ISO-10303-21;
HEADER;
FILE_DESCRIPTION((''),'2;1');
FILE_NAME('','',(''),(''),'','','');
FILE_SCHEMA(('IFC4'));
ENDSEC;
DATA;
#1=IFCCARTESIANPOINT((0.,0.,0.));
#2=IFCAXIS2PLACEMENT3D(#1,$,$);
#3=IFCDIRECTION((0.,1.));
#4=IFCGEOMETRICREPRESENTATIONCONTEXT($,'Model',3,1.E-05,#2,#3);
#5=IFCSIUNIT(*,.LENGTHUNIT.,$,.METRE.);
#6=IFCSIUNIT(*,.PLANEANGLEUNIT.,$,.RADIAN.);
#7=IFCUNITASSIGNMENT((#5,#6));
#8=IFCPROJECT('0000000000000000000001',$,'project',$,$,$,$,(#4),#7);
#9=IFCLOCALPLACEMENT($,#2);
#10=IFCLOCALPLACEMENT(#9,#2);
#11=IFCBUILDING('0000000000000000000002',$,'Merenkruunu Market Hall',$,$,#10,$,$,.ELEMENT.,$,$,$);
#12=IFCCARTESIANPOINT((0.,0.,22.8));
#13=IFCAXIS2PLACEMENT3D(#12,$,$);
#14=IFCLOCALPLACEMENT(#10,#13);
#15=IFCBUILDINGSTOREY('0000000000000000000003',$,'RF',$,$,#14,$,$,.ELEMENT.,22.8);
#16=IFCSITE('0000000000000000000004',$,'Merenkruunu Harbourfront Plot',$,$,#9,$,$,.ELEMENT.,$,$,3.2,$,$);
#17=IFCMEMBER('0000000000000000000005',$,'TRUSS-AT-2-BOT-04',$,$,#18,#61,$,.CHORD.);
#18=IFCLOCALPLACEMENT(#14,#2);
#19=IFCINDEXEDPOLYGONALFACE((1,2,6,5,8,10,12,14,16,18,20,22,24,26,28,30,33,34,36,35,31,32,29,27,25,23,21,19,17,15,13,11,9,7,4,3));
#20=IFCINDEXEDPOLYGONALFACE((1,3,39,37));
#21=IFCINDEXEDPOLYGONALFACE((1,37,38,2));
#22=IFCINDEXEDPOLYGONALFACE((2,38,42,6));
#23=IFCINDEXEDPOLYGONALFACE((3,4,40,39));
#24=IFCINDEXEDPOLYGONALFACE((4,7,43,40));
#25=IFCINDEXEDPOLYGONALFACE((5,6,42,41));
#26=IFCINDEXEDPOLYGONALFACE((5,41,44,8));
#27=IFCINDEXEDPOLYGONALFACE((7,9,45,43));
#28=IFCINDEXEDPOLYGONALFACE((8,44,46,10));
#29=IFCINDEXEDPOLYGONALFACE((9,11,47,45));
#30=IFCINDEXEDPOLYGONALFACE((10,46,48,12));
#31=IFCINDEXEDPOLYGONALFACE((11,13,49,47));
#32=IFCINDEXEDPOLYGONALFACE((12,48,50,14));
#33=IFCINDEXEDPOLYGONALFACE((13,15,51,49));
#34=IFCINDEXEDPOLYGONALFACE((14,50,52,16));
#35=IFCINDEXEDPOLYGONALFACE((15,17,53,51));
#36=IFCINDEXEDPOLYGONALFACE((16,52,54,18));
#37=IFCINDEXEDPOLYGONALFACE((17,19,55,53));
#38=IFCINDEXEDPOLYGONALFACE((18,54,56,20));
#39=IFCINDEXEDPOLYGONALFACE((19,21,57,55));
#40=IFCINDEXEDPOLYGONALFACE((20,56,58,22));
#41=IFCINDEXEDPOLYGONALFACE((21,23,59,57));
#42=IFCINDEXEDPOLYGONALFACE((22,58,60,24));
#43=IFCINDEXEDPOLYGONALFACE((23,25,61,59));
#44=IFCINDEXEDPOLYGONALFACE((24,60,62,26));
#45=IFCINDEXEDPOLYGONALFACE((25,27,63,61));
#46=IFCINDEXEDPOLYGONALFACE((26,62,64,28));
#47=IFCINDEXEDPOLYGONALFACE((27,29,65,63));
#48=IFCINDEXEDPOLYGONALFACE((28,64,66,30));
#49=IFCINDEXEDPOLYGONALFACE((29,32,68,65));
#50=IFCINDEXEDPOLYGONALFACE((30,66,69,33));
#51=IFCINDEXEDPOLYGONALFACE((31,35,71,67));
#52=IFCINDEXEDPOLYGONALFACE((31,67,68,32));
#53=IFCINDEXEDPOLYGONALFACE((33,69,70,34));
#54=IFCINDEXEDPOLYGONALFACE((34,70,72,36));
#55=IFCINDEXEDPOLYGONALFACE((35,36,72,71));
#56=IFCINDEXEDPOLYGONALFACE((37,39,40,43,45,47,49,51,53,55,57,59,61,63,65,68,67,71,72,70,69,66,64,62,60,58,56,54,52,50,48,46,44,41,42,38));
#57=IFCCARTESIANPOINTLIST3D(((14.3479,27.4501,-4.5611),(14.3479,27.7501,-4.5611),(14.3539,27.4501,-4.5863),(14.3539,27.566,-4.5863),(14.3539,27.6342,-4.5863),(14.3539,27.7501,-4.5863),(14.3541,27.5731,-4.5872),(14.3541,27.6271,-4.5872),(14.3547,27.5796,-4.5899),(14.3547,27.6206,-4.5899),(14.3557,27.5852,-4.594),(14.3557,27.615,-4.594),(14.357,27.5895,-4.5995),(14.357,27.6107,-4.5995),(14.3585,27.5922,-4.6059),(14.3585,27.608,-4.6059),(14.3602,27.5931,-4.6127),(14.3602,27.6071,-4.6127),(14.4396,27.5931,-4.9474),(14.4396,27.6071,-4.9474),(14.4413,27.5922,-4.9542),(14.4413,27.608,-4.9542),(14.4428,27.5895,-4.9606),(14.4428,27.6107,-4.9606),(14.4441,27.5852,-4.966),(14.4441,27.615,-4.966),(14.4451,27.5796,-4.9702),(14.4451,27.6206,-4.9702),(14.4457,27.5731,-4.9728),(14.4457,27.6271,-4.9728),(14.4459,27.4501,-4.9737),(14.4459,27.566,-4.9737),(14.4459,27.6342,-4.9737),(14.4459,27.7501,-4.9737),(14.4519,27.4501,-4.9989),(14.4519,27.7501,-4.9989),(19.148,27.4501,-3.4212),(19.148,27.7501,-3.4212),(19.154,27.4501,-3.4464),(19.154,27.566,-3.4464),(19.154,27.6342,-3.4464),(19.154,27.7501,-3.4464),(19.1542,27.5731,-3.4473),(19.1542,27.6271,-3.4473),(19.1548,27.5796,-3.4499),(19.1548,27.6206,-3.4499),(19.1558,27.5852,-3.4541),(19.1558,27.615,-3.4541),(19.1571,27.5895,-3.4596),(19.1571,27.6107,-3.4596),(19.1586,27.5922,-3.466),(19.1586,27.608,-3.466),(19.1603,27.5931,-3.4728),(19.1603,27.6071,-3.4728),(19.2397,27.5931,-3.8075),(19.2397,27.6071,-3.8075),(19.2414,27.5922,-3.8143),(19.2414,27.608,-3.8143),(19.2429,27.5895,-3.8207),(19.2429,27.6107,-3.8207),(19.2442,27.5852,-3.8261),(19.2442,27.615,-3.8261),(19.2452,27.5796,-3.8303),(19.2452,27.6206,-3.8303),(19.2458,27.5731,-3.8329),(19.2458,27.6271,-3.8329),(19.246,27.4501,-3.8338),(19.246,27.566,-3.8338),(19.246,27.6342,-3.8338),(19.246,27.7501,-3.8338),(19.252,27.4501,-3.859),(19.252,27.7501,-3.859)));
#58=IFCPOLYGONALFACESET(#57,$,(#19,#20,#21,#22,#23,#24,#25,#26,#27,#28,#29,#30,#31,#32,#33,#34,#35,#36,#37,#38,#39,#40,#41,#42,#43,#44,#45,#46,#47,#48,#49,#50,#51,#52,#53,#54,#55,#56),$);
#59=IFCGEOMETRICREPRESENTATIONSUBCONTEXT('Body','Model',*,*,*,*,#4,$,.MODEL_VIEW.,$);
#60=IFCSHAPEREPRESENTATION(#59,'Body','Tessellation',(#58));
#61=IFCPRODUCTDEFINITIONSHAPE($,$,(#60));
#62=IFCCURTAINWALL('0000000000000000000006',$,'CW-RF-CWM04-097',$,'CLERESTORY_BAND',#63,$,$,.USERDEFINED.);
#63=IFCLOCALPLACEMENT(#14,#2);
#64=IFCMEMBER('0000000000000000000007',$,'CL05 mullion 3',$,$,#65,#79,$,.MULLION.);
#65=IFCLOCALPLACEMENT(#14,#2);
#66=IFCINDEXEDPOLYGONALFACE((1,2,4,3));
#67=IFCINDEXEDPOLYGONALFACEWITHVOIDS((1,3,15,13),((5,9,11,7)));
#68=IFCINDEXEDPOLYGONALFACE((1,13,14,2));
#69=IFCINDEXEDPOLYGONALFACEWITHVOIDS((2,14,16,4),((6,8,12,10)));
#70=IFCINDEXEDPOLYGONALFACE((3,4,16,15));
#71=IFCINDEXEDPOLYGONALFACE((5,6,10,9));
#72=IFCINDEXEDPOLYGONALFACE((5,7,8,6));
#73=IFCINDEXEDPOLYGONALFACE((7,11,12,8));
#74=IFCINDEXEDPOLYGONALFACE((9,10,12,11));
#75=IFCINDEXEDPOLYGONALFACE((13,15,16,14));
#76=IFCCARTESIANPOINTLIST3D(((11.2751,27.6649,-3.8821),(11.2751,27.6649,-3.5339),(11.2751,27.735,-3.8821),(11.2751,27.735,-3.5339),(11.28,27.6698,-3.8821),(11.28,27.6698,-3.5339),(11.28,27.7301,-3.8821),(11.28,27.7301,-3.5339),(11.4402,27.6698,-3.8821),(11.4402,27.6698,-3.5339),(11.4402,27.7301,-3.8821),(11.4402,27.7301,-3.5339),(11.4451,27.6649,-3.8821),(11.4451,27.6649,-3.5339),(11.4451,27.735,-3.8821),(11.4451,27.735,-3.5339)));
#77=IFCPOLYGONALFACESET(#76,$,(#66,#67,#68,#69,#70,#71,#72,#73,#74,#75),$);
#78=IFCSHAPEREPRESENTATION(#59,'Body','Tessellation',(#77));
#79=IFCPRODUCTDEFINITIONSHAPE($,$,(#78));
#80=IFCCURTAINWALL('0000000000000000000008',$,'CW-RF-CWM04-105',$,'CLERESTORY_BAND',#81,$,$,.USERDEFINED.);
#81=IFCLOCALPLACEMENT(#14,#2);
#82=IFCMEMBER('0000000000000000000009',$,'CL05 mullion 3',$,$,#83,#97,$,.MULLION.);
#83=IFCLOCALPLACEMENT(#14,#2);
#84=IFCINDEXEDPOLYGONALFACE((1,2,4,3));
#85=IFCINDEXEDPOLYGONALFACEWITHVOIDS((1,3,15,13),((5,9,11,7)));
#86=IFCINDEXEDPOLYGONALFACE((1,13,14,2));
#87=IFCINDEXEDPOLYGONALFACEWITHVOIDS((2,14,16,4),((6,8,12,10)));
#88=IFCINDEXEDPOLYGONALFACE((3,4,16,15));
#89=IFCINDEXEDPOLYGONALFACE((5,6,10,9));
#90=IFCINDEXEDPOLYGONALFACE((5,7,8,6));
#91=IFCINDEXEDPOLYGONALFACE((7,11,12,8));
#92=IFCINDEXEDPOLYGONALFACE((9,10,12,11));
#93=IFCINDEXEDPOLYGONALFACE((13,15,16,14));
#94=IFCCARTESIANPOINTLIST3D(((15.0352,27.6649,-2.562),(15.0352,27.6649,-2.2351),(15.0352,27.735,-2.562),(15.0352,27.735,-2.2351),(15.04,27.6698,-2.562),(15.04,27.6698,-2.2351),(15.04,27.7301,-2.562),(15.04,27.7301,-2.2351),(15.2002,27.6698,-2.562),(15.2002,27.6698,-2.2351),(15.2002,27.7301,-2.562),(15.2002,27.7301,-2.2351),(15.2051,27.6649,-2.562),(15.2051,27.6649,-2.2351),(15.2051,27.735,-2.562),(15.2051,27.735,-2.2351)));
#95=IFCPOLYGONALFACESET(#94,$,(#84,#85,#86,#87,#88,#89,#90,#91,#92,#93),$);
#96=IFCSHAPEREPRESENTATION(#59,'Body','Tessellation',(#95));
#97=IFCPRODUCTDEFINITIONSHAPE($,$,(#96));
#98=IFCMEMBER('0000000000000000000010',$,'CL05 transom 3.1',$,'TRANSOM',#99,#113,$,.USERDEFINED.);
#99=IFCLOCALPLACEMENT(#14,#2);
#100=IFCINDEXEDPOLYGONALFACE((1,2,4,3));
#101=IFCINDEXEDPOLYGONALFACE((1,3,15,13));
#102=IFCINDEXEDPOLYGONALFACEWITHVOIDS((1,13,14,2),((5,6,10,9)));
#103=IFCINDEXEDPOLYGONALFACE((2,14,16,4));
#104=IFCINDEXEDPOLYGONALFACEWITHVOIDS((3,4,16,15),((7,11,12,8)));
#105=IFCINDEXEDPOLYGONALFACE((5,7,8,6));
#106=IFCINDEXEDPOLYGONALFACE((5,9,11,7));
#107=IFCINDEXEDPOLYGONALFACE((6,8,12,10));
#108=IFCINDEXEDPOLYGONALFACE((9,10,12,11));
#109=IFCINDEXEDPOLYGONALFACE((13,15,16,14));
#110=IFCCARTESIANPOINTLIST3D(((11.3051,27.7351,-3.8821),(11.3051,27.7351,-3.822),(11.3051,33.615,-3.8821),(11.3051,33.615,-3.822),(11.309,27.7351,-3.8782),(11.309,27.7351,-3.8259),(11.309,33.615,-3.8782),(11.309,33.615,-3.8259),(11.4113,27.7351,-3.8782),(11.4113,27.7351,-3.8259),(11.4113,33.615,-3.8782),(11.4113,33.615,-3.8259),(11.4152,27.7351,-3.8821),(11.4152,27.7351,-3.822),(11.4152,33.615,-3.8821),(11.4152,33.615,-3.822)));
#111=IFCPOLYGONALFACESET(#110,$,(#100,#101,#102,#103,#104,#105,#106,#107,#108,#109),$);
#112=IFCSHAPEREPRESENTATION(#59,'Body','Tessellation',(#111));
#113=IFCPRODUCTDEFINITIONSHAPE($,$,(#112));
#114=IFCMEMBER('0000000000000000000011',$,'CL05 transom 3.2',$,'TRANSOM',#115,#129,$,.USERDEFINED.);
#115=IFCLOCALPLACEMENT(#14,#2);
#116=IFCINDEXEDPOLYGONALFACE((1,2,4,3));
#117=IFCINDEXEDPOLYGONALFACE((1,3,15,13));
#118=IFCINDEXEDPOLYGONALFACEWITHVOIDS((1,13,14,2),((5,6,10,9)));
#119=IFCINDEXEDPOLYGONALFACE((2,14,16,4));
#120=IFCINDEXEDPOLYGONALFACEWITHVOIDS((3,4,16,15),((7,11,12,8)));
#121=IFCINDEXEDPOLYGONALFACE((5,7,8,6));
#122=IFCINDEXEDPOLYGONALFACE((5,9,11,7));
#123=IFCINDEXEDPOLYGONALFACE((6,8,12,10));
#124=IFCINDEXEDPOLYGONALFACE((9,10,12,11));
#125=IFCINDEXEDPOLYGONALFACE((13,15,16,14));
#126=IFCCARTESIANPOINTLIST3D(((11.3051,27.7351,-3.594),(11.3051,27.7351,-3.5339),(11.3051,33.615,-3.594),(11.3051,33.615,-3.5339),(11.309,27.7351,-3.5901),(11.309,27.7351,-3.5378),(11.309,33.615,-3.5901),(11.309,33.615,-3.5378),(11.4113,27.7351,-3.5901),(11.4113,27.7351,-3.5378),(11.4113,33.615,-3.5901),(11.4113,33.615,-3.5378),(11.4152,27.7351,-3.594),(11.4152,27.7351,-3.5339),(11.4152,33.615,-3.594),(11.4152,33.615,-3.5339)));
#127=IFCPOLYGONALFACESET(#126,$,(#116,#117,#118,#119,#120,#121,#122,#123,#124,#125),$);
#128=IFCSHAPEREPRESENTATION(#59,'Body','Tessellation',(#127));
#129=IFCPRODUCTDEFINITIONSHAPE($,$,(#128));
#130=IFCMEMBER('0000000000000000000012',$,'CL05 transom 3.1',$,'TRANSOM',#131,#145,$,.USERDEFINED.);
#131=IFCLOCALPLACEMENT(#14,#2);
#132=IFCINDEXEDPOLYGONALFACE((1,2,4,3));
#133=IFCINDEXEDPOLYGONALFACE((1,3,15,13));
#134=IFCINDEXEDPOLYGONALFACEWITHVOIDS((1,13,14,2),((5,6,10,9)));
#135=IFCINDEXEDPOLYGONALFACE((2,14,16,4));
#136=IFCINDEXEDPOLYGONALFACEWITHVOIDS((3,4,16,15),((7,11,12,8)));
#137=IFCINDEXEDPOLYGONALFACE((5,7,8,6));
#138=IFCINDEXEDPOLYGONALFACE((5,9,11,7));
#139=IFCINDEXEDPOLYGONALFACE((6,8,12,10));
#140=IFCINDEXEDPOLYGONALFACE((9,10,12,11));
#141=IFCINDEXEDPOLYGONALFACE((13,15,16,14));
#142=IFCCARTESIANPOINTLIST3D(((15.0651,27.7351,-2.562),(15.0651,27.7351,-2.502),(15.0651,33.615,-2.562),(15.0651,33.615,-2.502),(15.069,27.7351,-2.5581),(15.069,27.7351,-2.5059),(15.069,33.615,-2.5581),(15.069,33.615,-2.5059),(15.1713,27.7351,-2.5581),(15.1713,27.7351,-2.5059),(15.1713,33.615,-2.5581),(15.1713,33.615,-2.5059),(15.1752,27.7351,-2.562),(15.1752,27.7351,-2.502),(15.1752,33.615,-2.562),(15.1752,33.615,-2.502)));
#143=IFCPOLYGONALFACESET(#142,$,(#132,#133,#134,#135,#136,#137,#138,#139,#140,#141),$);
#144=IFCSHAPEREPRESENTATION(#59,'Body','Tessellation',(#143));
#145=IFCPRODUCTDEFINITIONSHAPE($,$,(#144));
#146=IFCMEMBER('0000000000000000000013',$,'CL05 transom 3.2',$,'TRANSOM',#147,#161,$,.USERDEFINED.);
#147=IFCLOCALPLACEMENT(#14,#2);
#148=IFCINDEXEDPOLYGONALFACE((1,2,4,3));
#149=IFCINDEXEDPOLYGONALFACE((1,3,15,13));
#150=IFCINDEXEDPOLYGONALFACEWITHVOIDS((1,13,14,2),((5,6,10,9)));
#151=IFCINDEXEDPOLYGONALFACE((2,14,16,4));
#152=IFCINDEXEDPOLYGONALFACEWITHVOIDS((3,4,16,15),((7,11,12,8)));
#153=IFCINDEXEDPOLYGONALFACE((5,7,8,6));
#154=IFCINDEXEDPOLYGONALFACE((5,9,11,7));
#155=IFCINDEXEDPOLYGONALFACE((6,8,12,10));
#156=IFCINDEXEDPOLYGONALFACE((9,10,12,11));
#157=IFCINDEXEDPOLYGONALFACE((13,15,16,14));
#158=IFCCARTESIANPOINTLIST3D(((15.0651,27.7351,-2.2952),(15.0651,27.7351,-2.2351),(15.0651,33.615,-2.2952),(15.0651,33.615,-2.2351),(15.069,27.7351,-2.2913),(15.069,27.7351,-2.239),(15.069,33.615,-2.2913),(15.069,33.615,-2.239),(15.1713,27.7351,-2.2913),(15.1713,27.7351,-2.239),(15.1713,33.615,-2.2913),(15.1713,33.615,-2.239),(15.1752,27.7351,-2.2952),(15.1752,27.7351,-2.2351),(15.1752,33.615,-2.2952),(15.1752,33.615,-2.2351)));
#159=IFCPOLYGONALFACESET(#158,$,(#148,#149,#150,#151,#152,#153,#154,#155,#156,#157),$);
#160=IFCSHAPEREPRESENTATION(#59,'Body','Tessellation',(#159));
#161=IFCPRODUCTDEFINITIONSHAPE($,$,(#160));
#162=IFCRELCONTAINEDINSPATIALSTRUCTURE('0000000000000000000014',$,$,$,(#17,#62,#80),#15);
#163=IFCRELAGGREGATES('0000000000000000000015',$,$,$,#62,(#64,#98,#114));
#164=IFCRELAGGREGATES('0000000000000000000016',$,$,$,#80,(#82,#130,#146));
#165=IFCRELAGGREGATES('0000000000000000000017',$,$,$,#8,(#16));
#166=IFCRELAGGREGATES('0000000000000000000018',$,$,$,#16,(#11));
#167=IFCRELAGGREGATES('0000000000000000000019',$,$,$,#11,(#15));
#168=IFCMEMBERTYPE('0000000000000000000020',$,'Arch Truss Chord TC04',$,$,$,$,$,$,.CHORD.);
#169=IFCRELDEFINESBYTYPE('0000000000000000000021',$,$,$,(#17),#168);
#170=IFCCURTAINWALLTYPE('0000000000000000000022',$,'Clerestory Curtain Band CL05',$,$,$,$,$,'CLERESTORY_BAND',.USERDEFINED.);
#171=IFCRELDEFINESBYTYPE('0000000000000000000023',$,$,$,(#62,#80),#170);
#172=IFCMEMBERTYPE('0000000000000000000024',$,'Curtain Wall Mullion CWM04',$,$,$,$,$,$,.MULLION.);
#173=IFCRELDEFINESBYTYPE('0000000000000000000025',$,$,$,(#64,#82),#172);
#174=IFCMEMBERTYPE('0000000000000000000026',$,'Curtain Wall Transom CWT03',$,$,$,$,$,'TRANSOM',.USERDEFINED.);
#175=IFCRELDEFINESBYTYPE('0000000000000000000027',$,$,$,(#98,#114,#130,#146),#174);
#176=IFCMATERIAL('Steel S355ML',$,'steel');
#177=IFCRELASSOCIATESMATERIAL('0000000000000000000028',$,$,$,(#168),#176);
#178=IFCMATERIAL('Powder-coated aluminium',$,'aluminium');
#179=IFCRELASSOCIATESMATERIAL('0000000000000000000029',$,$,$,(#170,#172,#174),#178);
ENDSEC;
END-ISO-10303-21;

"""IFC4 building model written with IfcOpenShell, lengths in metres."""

from ifc_helpers import new_model, si_unit, direction, frame, origin, origin_2d, place, context, subcontext, project, spatial, hollow_rectangle, i_section, extrude, material, material_profile, profile_set, type_object, element, aggregate, save


model = new_model("IFC4")

# Units and contexts
model_context = context("Model", 3, precision=1e-05, world=origin(), true_north=direction((0.0, 1.0)))
body_context = subcontext(model_context, "Body", "Model", "MODEL_VIEW")
ifc_project = project(units=[si_unit("LENGTHUNIT", "METRE"), si_unit("PLANEANGLEUNIT", "RADIAN")], contexts=[model_context])

# Site, building, storey
site_placement = place(None, origin())
site = spatial("IfcSite", under=ifc_project, at=site_placement, Name="Merenkruunu Harbourfront Plot", CompositionType="ELEMENT", RefElevation=3.2)
building_placement = place(site_placement, origin())
building = spatial("IfcBuilding", under=site, at=building_placement, Name="Merenkruunu Market Hall", CompositionType="ELEMENT")
storey_placement = place(building_placement, frame((0.0, 0.0, 22.8)))
storey = spatial("IfcBuildingStorey", under=building, at=storey_placement, Name="RF", CompositionType="ELEMENT", Elevation=22.8)

# Member
ifc_material_1 = material(Name="Steel S355ML", Category="steel")
ifc_material_profile_1 = material_profile(ifc_material_1, i_section(OverallWidth=0.3, OverallDepth=0.45, WebThickness=0.0139, FlangeThickness=0.0259, FilletRadius=0.0271, at=origin_2d()), Name="HEB 450")
ifc_profile_set_1 = profile_set([ifc_material_profile_1], Name="Steel S355ML")
member_type_1 = type_object("IfcMemberType", Name="Arch Truss Chord TC04", PredefinedType="CHORD", material=ifc_profile_set_1)
member_1_placement = place(storey_placement, frame((14.3999, 27.6001, -4.78), z_axis=(0.972942, 0.0, 0.23105), x_axis=(0.0, 1.0, 0.0)))
element("IfcMember", 1, at=member_1_placement, inside=storey, type_object=member_type_1, Name="TRUSS-AT-2-BOT-04", PredefinedType="CHORD", context=body_context, shape_type="SweptSolid", body=[
    extrude(i_section(OverallWidth=0.3, OverallDepth=0.45, WebThickness=0.0139, FlangeThickness=0.0259, FilletRadius=0.0271, at=origin_2d()), origin(), (0.0, 0.0, 1.0), 4.9336),
])

# Curtain walls, members
ifc_material_2 = material(Name="Powder-coated aluminium", Category="aluminium")
curtain_wall_type = type_object("IfcCurtainWallType", Name="Clerestory Curtain Band CL05", ElementType="CLERESTORY_BAND", PredefinedType="USERDEFINED", material=ifc_material_2)
curtain_wall_1_placement = place(storey_placement, origin())
curtain_wall_1 = element("IfcCurtainWall", 2, at=curtain_wall_1_placement, inside=storey, type_object=curtain_wall_type, Name="CW-RF-CWM04-097", ObjectType="CLERESTORY_BAND", PredefinedType="USERDEFINED")
ifc_material_profile_2 = material_profile(ifc_material_2, hollow_rectangle(XDim=0.0701, YDim=0.1699, WallThickness=0.0049, at=origin_2d()), Name="ALU 70x170x5")
ifc_profile_set_2 = profile_set([ifc_material_profile_2], Name="Powder-coated aluminium")
member_type_2 = type_object("IfcMemberType", Name="Curtain Wall Mullion CWM04", PredefinedType="MULLION", material=ifc_profile_set_2)
member_2_placement = place(storey_placement, frame((11.3601, 27.7, -3.8821), z_axis=(0.0, 0.0, 1.0), x_axis=(0.0, 1.0, 0.0)))
member_2 = element("IfcMember", 3, at=member_2_placement, type_object=member_type_2, Name="CL05 mullion 3", PredefinedType="MULLION", context=body_context, shape_type="SweptSolid", body=[
    extrude(hollow_rectangle(XDim=0.0701, YDim=0.1699, WallThickness=0.0049, at=origin_2d()), origin(), (0.0, 0.0, 1.0), 0.3481),
])
curtain_wall_2_placement = place(storey_placement, origin())
curtain_wall_2 = element("IfcCurtainWall", 4, at=curtain_wall_2_placement, inside=storey, type_object=curtain_wall_type, Name="CW-RF-CWM04-105", ObjectType="CLERESTORY_BAND", PredefinedType="USERDEFINED")
member_3_placement = place(storey_placement, frame((15.1201, 27.7, -2.562), z_axis=(0.0, 0.0, 1.0), x_axis=(0.0, 1.0, 0.0)))
member_3 = element("IfcMember", 5, at=member_3_placement, type_object=member_type_2, Name="CL05 mullion 3", PredefinedType="MULLION", context=body_context, shape_type="SweptSolid", body=[
    extrude(hollow_rectangle(XDim=0.0701, YDim=0.1699, WallThickness=0.0049, at=origin_2d()), origin(), (0.0, 0.0, 1.0), 0.3269),
])

# Members
ifc_material_profile_3 = material_profile(ifc_material_2, hollow_rectangle(XDim=0.0601, YDim=0.1101, WallThickness=0.0039, at=origin_2d()), Name="ALU 60x110x4")
ifc_profile_set_3 = profile_set([ifc_material_profile_3], Name="Powder-coated aluminium")
member_type_3 = type_object("IfcMemberType", Name="Curtain Wall Transom CWT03", ElementType="TRANSOM", PredefinedType="USERDEFINED", material=ifc_profile_set_3)
member_4_placement = place(storey_placement, frame((11.3601, 27.7351, -3.8521), z_axis=(0.0, 1.0, 0.0), x_axis=(0.0, 0.0, 1.0)))
member_4 = element("IfcMember", 6, at=member_4_placement, type_object=member_type_3, Name="CL05 transom 3.1", ObjectType="TRANSOM", PredefinedType="USERDEFINED", context=body_context, shape_type="SweptSolid", body=[
    extrude(hollow_rectangle(XDim=0.0601, YDim=0.1101, WallThickness=0.0039, at=origin_2d()), origin(), (0.0, 0.0, 1.0), 5.8799),
])
member_5_placement = place(storey_placement, frame((11.3601, 27.7351, -3.564), z_axis=(0.0, 1.0, 0.0), x_axis=(0.0, 0.0, 1.0)))
member_5 = element("IfcMember", 7, at=member_5_placement, type_object=member_type_3, Name="CL05 transom 3.2", ObjectType="TRANSOM", PredefinedType="USERDEFINED", context=body_context, shape_type="SweptSolid", body=[
    extrude(hollow_rectangle(XDim=0.0601, YDim=0.1101, WallThickness=0.0039, at=origin_2d()), origin(), (0.0, 0.0, 1.0), 5.8799),
])
member_6_placement = place(storey_placement, frame((15.1201, 27.7351, -2.532), z_axis=(0.0, 1.0, 0.0), x_axis=(0.0, 0.0, 1.0)))
member_6 = element("IfcMember", 8, at=member_6_placement, type_object=member_type_3, Name="CL05 transom 3.1", ObjectType="TRANSOM", PredefinedType="USERDEFINED", context=body_context, shape_type="SweptSolid", body=[
    extrude(hollow_rectangle(XDim=0.0601, YDim=0.1101, WallThickness=0.0039, at=origin_2d()), origin(), (0.0, 0.0, 1.0), 5.8799),
])
member_7_placement = place(storey_placement, frame((15.1201, 27.7351, -2.2651), z_axis=(0.0, 1.0, 0.0), x_axis=(0.0, 0.0, 1.0)))
member_7 = element("IfcMember", 9, at=member_7_placement, type_object=member_type_3, Name="CL05 transom 3.2", ObjectType="TRANSOM", PredefinedType="USERDEFINED", context=body_context, shape_type="SweptSolid", body=[
    extrude(hollow_rectangle(XDim=0.0601, YDim=0.1101, WallThickness=0.0039, at=origin_2d()), origin(), (0.0, 0.0, 1.0), 5.8799),
])

aggregate(curtain_wall_1, [member_2, member_4, member_5])
aggregate(curtain_wall_2, [member_3, member_6, member_7])

save(model, "model.ifc")
